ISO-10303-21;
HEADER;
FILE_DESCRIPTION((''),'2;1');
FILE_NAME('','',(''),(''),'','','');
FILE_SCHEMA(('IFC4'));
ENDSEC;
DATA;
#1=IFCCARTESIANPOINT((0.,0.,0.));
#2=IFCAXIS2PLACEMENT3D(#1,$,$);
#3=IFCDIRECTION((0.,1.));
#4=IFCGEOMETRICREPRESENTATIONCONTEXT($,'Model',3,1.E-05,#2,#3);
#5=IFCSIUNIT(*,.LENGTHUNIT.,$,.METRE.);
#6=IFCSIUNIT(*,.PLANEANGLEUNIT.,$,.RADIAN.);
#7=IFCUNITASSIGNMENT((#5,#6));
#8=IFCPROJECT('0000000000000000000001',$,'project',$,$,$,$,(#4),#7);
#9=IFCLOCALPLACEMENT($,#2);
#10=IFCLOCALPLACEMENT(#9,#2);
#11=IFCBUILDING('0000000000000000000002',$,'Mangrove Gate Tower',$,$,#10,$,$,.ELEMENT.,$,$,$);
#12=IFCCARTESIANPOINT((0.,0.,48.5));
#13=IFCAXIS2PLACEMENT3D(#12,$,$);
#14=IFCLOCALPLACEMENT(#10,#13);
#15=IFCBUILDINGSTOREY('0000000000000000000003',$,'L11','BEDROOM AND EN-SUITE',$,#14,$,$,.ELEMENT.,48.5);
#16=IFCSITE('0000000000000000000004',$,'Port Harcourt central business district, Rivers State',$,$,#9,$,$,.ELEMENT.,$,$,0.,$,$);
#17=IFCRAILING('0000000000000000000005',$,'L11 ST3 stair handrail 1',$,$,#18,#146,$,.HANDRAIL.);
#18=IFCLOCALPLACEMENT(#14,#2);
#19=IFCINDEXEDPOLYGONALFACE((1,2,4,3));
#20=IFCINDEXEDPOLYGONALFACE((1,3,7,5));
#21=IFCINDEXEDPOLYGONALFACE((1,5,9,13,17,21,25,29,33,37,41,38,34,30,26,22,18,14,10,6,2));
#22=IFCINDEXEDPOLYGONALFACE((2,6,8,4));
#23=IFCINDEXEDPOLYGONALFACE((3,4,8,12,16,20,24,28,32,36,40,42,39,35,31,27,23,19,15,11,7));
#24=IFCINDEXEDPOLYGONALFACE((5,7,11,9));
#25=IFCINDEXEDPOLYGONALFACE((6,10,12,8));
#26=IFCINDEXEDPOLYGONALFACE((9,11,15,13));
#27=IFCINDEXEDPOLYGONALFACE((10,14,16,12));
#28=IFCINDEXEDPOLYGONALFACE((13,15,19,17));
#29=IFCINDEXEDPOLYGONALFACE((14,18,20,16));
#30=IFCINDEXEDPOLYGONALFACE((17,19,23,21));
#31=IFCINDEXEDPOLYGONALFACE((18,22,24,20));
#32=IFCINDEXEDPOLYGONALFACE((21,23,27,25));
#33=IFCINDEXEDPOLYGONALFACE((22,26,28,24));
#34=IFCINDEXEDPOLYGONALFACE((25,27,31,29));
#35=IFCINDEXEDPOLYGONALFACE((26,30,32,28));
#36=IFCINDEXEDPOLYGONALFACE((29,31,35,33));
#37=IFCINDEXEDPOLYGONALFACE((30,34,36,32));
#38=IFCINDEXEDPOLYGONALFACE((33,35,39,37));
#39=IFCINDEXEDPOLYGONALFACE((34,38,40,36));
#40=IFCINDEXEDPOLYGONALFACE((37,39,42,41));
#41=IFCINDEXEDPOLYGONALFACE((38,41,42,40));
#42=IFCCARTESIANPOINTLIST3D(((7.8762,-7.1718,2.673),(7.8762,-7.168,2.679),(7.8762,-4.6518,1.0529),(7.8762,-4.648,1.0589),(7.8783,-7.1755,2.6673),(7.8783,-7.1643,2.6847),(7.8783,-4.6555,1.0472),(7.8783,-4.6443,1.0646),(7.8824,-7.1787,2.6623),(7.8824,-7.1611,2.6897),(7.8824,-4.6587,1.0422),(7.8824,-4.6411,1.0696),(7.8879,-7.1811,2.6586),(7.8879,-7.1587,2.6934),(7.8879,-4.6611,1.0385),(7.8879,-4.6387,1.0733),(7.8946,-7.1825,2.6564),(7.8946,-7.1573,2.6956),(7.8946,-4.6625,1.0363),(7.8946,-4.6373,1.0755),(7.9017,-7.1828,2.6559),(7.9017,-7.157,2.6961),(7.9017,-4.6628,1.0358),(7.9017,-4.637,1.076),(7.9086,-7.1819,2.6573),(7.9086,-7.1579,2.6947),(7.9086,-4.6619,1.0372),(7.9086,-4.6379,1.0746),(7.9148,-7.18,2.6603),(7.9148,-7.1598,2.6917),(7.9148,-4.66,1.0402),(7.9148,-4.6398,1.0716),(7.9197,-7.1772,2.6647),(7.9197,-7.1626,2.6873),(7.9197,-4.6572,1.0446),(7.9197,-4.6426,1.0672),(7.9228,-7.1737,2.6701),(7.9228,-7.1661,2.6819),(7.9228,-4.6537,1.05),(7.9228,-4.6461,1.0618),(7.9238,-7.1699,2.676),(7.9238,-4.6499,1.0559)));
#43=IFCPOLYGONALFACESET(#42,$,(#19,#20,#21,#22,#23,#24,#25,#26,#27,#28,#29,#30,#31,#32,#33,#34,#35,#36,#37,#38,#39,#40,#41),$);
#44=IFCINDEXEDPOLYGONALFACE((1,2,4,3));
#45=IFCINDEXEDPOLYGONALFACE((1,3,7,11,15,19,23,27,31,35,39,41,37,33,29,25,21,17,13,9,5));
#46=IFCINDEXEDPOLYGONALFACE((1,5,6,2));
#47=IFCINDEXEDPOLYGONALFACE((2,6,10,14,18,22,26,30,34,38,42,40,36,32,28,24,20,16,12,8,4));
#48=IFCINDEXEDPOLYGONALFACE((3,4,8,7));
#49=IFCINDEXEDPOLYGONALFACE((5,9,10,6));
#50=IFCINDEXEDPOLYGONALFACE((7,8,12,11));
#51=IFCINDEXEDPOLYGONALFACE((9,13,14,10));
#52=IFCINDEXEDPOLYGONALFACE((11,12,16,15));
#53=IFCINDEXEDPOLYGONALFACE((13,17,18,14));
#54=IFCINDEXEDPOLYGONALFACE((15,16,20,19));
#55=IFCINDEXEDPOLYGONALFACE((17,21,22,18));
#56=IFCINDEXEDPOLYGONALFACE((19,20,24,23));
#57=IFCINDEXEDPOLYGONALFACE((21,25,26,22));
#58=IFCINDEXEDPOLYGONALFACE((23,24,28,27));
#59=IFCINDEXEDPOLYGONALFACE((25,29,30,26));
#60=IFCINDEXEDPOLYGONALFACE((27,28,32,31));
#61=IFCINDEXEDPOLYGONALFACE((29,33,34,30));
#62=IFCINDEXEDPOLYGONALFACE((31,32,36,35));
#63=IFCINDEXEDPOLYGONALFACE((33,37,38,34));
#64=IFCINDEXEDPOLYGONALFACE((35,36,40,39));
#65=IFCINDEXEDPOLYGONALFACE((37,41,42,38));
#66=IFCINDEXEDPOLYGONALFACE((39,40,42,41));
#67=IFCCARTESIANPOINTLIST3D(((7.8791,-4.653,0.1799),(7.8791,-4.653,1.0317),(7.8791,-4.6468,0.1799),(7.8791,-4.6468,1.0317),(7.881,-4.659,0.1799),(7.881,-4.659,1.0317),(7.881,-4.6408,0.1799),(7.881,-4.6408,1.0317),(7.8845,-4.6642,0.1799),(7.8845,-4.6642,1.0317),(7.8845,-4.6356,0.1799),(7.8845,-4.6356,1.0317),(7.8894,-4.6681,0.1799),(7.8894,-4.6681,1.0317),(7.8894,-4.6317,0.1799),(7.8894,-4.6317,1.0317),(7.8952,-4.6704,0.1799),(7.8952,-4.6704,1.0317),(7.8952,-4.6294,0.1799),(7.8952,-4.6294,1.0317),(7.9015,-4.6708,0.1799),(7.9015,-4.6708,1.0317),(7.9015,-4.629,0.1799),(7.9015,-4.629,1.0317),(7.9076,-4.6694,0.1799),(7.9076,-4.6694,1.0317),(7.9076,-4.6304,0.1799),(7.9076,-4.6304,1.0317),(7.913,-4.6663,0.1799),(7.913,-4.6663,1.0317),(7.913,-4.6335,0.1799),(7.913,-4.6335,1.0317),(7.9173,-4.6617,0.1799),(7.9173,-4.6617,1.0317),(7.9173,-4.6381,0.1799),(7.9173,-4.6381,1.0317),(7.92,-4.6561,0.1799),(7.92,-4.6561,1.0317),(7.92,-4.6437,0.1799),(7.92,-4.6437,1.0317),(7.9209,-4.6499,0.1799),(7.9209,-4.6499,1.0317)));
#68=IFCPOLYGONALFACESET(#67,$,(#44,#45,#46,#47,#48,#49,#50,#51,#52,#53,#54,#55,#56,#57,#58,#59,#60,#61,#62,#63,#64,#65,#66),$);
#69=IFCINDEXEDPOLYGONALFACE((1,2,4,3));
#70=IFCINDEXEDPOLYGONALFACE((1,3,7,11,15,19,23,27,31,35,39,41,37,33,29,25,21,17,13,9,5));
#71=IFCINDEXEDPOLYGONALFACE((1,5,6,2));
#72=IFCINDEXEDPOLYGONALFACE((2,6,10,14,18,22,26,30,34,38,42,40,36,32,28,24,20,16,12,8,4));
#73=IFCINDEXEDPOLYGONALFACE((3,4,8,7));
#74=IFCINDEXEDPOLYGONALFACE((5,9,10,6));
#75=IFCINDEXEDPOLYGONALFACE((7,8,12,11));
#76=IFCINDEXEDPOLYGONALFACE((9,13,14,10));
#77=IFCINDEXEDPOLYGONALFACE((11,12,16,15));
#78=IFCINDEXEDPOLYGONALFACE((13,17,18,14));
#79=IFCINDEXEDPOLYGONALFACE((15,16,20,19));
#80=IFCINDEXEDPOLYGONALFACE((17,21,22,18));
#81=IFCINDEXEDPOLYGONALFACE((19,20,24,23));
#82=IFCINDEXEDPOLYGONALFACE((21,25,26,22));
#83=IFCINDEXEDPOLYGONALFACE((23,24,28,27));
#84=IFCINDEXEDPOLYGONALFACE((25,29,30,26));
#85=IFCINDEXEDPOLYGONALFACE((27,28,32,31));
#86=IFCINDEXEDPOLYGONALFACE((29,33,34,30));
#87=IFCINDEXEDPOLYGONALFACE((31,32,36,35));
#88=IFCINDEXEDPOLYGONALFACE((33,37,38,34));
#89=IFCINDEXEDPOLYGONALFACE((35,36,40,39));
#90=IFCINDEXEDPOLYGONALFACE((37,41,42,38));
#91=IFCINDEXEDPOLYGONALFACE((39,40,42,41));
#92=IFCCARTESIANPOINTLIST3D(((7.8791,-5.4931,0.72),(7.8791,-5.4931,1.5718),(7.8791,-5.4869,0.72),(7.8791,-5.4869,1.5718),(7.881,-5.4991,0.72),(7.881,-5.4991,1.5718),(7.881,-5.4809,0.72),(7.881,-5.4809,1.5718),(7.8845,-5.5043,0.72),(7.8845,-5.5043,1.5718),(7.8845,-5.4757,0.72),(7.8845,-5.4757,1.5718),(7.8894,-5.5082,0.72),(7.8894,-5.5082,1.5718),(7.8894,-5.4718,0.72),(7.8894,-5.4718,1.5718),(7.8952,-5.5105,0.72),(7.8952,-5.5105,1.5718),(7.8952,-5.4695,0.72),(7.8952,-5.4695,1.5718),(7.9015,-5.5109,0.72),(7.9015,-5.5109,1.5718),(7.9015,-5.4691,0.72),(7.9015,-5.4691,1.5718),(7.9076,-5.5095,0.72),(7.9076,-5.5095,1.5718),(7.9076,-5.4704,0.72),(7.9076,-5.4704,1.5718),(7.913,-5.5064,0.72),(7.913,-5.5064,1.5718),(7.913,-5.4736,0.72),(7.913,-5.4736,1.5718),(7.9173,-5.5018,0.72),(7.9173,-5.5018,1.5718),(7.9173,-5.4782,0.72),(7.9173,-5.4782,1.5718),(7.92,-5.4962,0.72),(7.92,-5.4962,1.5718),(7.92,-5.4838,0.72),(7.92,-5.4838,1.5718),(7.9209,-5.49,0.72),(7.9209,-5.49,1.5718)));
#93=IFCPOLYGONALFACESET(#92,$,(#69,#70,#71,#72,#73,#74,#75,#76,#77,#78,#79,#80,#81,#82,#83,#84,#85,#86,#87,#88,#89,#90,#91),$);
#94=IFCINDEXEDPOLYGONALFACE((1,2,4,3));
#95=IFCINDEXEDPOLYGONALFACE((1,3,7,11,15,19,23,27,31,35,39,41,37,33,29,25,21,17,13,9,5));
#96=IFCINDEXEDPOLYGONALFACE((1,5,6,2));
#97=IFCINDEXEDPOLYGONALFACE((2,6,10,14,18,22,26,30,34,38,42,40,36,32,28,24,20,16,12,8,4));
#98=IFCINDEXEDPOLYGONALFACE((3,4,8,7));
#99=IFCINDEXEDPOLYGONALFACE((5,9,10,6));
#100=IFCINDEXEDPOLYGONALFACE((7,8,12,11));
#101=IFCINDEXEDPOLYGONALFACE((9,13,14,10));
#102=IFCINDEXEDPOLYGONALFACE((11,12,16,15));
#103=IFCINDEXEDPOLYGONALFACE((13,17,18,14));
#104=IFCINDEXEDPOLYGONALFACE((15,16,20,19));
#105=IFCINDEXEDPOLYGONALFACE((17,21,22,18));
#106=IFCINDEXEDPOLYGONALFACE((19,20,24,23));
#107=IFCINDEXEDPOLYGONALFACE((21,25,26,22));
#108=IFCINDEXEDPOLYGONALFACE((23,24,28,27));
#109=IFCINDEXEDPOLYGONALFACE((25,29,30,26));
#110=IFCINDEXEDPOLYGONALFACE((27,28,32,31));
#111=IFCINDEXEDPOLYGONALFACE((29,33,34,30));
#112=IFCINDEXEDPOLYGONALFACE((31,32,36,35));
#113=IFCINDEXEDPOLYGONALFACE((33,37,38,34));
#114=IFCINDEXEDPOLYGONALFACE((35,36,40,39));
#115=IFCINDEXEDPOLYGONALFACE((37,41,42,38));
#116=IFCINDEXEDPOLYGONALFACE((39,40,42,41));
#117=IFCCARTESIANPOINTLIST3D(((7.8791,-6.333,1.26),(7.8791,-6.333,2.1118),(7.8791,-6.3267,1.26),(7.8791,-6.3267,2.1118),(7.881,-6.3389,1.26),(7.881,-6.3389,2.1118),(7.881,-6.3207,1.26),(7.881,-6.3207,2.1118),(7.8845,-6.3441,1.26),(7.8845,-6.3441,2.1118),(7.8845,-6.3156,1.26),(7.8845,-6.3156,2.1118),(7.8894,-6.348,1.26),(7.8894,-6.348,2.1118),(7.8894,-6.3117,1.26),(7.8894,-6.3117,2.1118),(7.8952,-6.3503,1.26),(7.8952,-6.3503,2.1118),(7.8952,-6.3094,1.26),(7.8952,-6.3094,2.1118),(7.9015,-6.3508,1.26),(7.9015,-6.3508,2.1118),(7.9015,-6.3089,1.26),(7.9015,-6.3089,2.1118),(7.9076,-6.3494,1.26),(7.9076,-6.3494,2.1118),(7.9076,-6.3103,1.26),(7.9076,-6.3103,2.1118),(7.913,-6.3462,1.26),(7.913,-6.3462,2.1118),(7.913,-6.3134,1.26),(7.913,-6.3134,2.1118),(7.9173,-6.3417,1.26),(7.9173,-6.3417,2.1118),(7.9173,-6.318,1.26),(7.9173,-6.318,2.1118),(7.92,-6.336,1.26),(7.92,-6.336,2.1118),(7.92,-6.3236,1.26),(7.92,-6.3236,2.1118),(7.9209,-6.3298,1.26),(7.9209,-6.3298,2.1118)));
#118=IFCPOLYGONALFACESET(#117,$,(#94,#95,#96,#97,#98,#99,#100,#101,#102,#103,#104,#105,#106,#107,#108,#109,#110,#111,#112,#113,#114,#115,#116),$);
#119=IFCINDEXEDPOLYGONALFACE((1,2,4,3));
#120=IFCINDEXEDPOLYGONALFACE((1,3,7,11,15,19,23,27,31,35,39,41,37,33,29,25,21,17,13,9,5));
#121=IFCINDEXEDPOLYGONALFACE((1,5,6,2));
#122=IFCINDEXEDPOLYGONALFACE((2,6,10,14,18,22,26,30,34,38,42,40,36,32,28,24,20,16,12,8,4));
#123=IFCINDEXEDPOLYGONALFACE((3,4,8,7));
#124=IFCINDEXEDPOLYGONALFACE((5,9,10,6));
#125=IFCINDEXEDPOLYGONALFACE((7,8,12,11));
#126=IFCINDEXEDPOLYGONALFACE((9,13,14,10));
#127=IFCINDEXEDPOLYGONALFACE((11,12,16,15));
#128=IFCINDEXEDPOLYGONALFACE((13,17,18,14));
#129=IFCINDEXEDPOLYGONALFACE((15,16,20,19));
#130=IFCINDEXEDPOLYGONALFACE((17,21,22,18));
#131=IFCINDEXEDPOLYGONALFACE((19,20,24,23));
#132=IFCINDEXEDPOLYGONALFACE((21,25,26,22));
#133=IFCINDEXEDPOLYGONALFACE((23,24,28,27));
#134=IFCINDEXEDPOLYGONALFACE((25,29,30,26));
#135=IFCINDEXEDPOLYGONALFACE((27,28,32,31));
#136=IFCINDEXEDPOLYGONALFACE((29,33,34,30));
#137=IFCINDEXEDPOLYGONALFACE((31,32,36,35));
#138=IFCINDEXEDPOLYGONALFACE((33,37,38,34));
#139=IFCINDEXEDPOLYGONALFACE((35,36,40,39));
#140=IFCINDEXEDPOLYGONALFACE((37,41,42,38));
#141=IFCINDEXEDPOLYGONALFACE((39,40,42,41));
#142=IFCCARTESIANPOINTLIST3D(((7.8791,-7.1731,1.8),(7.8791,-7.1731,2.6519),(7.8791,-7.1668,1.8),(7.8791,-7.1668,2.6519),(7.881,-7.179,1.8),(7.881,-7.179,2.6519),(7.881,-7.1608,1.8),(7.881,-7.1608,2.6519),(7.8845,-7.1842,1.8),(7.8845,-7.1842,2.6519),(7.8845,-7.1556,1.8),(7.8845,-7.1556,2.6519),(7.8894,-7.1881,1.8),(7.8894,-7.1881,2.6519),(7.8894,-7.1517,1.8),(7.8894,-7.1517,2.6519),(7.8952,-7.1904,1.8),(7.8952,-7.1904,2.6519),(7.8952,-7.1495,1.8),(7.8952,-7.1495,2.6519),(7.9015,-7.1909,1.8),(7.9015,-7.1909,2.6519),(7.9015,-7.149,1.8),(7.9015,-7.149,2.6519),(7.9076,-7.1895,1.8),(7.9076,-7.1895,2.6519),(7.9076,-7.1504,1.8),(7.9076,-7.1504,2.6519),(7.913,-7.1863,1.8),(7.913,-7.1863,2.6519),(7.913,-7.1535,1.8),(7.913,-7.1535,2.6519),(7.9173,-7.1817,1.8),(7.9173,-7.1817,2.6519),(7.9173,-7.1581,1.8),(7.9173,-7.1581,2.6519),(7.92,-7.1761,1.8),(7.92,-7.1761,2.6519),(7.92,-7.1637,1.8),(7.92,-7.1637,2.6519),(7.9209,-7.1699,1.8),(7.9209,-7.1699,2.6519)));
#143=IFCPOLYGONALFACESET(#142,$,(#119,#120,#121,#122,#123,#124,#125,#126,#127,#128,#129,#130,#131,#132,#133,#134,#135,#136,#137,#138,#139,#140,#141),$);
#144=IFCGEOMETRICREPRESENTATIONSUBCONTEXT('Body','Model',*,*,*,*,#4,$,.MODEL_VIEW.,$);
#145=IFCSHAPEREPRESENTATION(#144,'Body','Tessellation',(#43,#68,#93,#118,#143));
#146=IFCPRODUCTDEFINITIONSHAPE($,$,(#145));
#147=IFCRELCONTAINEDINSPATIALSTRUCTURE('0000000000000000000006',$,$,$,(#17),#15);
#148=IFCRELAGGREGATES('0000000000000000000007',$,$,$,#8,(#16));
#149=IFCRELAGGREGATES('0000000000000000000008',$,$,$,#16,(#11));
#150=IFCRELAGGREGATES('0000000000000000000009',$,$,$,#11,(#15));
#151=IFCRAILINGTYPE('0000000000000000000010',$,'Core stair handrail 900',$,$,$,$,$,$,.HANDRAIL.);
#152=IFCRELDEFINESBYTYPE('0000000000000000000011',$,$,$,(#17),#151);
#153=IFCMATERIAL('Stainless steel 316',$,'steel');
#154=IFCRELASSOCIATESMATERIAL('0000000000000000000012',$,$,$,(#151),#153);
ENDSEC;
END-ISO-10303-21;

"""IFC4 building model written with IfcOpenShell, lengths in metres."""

from ifc_helpers import new_model, si_unit, direction, frame, origin, origin_2d, place, context, subcontext, project, spatial, circle, extrude, material, type_object, element, save


model = new_model("IFC4")

# Units and contexts
model_context = context("Model", 3, precision=1e-05, world=origin(), true_north=direction((0.0, 1.0)))
body_context = subcontext(model_context, "Body", "Model", "MODEL_VIEW")
ifc_project = project(units=[si_unit("LENGTHUNIT", "METRE"), si_unit("PLANEANGLEUNIT", "RADIAN")], contexts=[model_context])

# Site, building, storey
site_placement = place(None, origin())
site = spatial("IfcSite", under=ifc_project, at=site_placement, Name="Port Harcourt central business district, Rivers State", CompositionType="ELEMENT", RefElevation=0.0)
building_placement = place(site_placement, origin())
building = spatial("IfcBuilding", under=site, at=building_placement, Name="Mangrove Gate Tower", CompositionType="ELEMENT")
storey_placement = place(building_placement, frame((0.0, 0.0, 48.5)))
storey = spatial("IfcBuildingStorey", under=building, at=storey_placement, Name="L11", Description="BEDROOM AND EN-SUITE", CompositionType="ELEMENT", Elevation=48.5)

# Railing
ifc_material_1 = material(Name="Stainless steel 316", Category="steel")
railing_type_1 = type_object("IfcRailingType", Name="Core stair handrail 900", PredefinedType="HANDRAIL", material=ifc_material_1)
railing_1_placement = place(storey_placement, frame((7.8999, -4.6499, 0.1799)))
element("IfcRailing", 1, at=railing_1_placement, inside=storey, type_object=railing_type_1, Name="L11 ST3 stair handrail 1", PredefinedType="HANDRAIL", context=body_context, shape_type="SweptSolid", body=[
    extrude(circle(Radius=0.0239, at=origin_2d()), frame((0.0, 0.0, 0.876), z_axis=(0.0, -0.841163, 0.540782), x_axis=(1.0, 0.0, 0.0)), (0.0, 0.0, 1.0), 2.9958),
    extrude(circle(Radius=0.021, at=origin_2d()), origin(), (0.0, 0.0, 1.0), 0.8518),
    extrude(circle(Radius=0.021, at=origin_2d()), frame((0.0, -0.8401, 0.54)), (0.0, 0.0, 1.0), 0.8518),
    extrude(circle(Radius=0.021, at=origin_2d()), frame((0.0, -1.6799, 1.0801)), (0.0, 0.0, 1.0), 0.8518),
    extrude(circle(Radius=0.021, at=origin_2d()), frame((0.0, -2.52, 1.6201)), (0.0, 0.0, 1.0), 0.8518),
])

save(model, "model.ifc")
